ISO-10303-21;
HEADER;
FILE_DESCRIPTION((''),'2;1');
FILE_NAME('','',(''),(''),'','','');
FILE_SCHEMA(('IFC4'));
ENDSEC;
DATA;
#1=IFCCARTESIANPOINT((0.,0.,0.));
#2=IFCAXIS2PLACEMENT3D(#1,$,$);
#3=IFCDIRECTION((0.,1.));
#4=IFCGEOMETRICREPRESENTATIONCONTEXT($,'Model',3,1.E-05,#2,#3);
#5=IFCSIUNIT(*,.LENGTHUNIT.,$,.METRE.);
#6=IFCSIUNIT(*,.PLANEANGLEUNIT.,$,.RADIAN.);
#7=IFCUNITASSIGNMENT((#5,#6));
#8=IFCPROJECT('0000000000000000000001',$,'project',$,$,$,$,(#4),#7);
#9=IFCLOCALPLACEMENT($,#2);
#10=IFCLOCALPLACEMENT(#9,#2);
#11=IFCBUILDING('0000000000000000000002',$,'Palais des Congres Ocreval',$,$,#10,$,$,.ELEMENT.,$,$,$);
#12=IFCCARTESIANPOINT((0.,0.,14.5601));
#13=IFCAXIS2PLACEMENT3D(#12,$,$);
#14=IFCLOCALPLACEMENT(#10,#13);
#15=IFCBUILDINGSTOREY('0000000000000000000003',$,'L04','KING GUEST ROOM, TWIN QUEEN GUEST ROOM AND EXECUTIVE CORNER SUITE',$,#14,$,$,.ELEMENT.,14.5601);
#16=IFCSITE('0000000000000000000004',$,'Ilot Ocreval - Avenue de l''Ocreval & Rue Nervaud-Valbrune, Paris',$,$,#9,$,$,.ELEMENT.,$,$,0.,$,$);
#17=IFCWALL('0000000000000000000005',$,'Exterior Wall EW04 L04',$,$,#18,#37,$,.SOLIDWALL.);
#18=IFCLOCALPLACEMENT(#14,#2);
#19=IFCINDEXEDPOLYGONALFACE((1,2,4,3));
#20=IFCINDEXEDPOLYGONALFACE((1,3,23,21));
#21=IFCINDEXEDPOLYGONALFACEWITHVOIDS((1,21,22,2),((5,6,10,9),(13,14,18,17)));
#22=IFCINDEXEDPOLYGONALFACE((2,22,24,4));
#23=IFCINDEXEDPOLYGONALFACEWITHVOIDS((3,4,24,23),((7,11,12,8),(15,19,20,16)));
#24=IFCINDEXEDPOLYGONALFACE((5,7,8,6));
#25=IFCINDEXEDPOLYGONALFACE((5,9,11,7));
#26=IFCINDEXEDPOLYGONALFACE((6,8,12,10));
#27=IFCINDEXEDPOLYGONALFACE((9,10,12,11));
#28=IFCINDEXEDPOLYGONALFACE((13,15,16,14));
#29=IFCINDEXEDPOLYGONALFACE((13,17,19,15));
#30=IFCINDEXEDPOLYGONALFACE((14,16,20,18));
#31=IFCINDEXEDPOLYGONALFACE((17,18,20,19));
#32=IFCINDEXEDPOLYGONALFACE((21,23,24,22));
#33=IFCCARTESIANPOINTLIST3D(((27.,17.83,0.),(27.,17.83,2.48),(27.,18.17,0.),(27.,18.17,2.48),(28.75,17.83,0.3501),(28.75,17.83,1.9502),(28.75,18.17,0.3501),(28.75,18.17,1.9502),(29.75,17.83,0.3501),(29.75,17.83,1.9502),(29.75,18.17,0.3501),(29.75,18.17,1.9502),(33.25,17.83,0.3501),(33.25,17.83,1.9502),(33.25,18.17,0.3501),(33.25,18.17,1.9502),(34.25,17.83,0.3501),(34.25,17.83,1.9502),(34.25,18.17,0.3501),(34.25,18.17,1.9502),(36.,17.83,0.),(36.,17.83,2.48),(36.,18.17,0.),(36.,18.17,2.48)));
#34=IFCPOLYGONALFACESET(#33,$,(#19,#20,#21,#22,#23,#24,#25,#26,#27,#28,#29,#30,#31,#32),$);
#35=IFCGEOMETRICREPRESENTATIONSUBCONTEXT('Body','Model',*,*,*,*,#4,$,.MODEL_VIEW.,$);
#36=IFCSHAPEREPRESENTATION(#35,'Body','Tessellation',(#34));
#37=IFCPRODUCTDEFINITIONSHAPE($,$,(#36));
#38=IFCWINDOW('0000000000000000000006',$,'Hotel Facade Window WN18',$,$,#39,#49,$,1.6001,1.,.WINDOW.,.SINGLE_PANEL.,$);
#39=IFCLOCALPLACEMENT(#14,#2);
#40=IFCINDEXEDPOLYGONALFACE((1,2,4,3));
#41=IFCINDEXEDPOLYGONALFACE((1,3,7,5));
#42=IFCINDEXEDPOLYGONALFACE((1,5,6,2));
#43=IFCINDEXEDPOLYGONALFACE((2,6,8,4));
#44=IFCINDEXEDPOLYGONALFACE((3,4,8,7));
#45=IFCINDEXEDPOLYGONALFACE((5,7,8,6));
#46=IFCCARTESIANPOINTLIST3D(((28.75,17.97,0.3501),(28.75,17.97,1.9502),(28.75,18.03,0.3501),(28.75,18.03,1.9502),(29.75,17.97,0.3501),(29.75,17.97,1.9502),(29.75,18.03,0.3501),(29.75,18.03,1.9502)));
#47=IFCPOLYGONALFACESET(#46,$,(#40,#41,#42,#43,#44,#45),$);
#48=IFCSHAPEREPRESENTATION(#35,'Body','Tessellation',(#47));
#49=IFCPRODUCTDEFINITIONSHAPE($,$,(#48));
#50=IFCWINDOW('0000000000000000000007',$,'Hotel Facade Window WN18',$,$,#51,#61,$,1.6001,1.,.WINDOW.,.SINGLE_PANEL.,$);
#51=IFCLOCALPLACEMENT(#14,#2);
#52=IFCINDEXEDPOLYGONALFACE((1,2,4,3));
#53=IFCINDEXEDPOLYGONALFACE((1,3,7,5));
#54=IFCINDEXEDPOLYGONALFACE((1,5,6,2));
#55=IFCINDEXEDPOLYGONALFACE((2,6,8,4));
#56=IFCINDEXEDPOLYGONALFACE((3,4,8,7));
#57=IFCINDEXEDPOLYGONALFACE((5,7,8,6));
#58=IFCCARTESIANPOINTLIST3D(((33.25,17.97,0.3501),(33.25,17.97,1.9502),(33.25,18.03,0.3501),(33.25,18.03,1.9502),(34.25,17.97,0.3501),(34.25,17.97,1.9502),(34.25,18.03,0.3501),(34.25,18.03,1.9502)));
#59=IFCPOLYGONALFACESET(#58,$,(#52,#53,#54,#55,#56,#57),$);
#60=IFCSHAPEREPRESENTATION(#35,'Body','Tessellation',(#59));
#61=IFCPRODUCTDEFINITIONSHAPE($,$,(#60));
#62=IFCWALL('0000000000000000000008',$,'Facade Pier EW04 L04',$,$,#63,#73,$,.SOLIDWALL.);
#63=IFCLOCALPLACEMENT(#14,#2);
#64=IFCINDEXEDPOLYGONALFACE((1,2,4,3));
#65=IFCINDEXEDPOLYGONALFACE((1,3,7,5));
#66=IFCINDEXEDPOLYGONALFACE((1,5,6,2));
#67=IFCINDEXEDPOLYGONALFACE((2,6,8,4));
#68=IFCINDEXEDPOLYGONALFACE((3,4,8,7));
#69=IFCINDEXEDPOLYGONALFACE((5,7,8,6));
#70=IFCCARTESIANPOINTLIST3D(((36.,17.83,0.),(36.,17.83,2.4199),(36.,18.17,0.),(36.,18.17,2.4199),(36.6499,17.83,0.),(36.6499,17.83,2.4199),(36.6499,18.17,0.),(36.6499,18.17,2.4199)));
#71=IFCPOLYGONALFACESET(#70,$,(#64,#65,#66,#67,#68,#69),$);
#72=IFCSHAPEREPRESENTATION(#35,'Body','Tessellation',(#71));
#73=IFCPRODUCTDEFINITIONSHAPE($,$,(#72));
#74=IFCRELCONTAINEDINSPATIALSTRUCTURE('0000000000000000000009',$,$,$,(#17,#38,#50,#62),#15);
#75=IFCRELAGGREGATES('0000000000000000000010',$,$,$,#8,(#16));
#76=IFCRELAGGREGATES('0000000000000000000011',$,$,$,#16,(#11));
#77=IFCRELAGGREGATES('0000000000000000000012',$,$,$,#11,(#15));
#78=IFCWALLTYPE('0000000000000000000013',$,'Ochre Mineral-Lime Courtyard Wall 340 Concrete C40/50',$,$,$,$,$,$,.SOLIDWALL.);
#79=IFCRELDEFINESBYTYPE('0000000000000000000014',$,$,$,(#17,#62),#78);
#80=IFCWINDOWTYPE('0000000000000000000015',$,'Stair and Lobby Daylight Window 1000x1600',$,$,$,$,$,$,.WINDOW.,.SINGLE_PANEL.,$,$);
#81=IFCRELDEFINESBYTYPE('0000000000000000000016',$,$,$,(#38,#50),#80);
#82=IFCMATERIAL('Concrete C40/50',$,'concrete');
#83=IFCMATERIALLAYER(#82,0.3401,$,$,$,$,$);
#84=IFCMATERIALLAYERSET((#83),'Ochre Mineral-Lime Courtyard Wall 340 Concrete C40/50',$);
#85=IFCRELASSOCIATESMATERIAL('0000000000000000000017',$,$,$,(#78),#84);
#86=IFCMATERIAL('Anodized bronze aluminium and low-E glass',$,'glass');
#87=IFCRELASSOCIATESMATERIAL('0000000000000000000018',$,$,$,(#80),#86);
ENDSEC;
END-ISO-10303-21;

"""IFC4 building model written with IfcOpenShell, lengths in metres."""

from ifc_helpers import new_model, si_unit, direction, frame, frame_2d, origin, place, context, subcontext, project, spatial, rectangle, extrude, material, layer, layer_set, type_object, element, fill, save


model = new_model("IFC4")

# Units and contexts
model_context = context("Model", 3, precision=1e-05, world=origin(), true_north=direction((0.0, 1.0)))
body_context = subcontext(model_context, "Body", "Model", "MODEL_VIEW")
ifc_project = project(units=[si_unit("LENGTHUNIT", "METRE"), si_unit("PLANEANGLEUNIT", "RADIAN")], contexts=[model_context])

# Site, building, storey
site_placement = place(None, origin())
site = spatial("IfcSite", under=ifc_project, at=site_placement, Name="Ilot Ocreval - Avenue de l'Ocreval & Rue Nervaud-Valbrune, Paris", CompositionType="ELEMENT", RefElevation=0.0)
building_placement = place(site_placement, origin())
building = spatial("IfcBuilding", under=site, at=building_placement, Name="Palais des Congres Ocreval", CompositionType="ELEMENT")
storey_placement = place(building_placement, frame((0.0, 0.0, 14.5601)))
storey = spatial("IfcBuildingStorey", under=building, at=storey_placement, Name="L04", Description="KING GUEST ROOM, TWIN QUEEN GUEST ROOM AND EXECUTIVE CORNER SUITE", CompositionType="ELEMENT", Elevation=14.5601)

# Shared definitions
ifc_material_1 = material(Name="Concrete C40/50", Category="concrete")

# Shared definitions
ifc_material_2 = material(Name="Anodized bronze aluminium and low-E glass", Category="glass")

# Wall, openings, windows
ifc_layer_1 = layer(ifc_material_1, 0.3401)
ifc_layer_set_1 = layer_set([ifc_layer_1], Name="Ochre Mineral-Lime Courtyard Wall 340 Concrete C40/50")
wall_type_1 = type_object("IfcWallType", Name="Ochre Mineral-Lime Courtyard Wall 340 Concrete C40/50", PredefinedType="SOLIDWALL", material=ifc_layer_set_1)
window_type = type_object("IfcWindowType", Name="Stair and Lobby Daylight Window 1000x1600", PartitioningType="SINGLE_PANEL", PredefinedType="WINDOW", material=ifc_material_2)
wall_1_placement = place(storey_placement, frame((27.0, 18.0, 0.0), z_axis=(0.0, 0.0, 1.0), x_axis=(1.0, 0.0, 0.0)))
wall_1 = element("IfcWall", 1, at=wall_1_placement, inside=storey, type_object=wall_type_1, Name="Exterior Wall EW04 L04", PredefinedType="SOLIDWALL", context=body_context, shape_type="SweptSolid", body=[
    extrude(rectangle(XDim=9.0, YDim=0.3401, at=frame_2d((4.5, 0.0))), origin(), (0.0, 0.0, 1.0), 2.48),
])
opening_1_placement = place(wall_1_placement, frame((1.75, 0.0, 0.3501)))
opening_1 = element("IfcOpeningElement", 2, at=opening_1_placement, cuts=wall_1, PredefinedType="OPENING", context=body_context, shape_type="SweptSolid", body=[
    extrude(rectangle(XDim=1.0, YDim=1.6001, at=frame_2d((0.5, 0.8))), frame((0.0, 0.1799, 0.0), z_axis=(0.0, -1.0, 0.0), x_axis=(1.0, 0.0, 0.0)), (0.0, 0.0, 1.0), 0.3601),
])
opening_2_placement = place(wall_1_placement, frame((6.25, 0.0, 0.3501)))
opening_2 = element("IfcOpeningElement", 3, at=opening_2_placement, cuts=wall_1, PredefinedType="OPENING", context=body_context, shape_type="SweptSolid", body=[
    extrude(rectangle(XDim=1.0, YDim=1.6001, at=frame_2d((0.5, 0.8))), frame((0.0, 0.1799, 0.0), z_axis=(0.0, -1.0, 0.0), x_axis=(1.0, 0.0, 0.0)), (0.0, 0.0, 1.0), 0.3601),
])
window_1_placement = place(opening_1_placement, origin())
window_1 = element("IfcWindow", 4, at=window_1_placement, inside=storey, type_object=window_type, Name="Hotel Facade Window WN18", OverallHeight=1.6001, OverallWidth=1.0, PartitioningType="SINGLE_PANEL", PredefinedType="WINDOW", context=body_context, shape_type="SweptSolid", body=[
    extrude(rectangle(XDim=1.0, YDim=1.6001, at=frame_2d((0.5, 0.8))), frame((0.0, 0.03, 0.0), z_axis=(0.0, -1.0, 0.0), x_axis=(1.0, 0.0, 0.0)), (0.0, 0.0, 1.0), 0.0601),
])
fill(opening_1, window_1)
window_2_placement = place(opening_2_placement, origin())
window_2 = element("IfcWindow", 5, at=window_2_placement, inside=storey, type_object=window_type, Name="Hotel Facade Window WN18", OverallHeight=1.6001, OverallWidth=1.0, PartitioningType="SINGLE_PANEL", PredefinedType="WINDOW", context=body_context, shape_type="SweptSolid", body=[
    extrude(rectangle(XDim=1.0, YDim=1.6001, at=frame_2d((0.5, 0.8))), frame((0.0, 0.03, 0.0), z_axis=(0.0, -1.0, 0.0), x_axis=(1.0, 0.0, 0.0)), (0.0, 0.0, 1.0), 0.0601),
])
fill(opening_2, window_2)

# Wall
wall_2_placement = place(storey_placement, frame((36.0, 18.0, 0.0), z_axis=(0.0, 0.0, 1.0), x_axis=(1.0, 0.0, 0.0)))
element("IfcWall", 6, at=wall_2_placement, inside=storey, type_object=wall_type_1, Name="Facade Pier EW04 L04", PredefinedType="SOLIDWALL", context=body_context, shape_type="SweptSolid", body=[
    extrude(rectangle(XDim=0.6499, YDim=0.3401, at=frame_2d((0.325, 0.0))), origin(), (0.0, 0.0, 1.0), 2.4199),
])

save(model, "model.ifc")
